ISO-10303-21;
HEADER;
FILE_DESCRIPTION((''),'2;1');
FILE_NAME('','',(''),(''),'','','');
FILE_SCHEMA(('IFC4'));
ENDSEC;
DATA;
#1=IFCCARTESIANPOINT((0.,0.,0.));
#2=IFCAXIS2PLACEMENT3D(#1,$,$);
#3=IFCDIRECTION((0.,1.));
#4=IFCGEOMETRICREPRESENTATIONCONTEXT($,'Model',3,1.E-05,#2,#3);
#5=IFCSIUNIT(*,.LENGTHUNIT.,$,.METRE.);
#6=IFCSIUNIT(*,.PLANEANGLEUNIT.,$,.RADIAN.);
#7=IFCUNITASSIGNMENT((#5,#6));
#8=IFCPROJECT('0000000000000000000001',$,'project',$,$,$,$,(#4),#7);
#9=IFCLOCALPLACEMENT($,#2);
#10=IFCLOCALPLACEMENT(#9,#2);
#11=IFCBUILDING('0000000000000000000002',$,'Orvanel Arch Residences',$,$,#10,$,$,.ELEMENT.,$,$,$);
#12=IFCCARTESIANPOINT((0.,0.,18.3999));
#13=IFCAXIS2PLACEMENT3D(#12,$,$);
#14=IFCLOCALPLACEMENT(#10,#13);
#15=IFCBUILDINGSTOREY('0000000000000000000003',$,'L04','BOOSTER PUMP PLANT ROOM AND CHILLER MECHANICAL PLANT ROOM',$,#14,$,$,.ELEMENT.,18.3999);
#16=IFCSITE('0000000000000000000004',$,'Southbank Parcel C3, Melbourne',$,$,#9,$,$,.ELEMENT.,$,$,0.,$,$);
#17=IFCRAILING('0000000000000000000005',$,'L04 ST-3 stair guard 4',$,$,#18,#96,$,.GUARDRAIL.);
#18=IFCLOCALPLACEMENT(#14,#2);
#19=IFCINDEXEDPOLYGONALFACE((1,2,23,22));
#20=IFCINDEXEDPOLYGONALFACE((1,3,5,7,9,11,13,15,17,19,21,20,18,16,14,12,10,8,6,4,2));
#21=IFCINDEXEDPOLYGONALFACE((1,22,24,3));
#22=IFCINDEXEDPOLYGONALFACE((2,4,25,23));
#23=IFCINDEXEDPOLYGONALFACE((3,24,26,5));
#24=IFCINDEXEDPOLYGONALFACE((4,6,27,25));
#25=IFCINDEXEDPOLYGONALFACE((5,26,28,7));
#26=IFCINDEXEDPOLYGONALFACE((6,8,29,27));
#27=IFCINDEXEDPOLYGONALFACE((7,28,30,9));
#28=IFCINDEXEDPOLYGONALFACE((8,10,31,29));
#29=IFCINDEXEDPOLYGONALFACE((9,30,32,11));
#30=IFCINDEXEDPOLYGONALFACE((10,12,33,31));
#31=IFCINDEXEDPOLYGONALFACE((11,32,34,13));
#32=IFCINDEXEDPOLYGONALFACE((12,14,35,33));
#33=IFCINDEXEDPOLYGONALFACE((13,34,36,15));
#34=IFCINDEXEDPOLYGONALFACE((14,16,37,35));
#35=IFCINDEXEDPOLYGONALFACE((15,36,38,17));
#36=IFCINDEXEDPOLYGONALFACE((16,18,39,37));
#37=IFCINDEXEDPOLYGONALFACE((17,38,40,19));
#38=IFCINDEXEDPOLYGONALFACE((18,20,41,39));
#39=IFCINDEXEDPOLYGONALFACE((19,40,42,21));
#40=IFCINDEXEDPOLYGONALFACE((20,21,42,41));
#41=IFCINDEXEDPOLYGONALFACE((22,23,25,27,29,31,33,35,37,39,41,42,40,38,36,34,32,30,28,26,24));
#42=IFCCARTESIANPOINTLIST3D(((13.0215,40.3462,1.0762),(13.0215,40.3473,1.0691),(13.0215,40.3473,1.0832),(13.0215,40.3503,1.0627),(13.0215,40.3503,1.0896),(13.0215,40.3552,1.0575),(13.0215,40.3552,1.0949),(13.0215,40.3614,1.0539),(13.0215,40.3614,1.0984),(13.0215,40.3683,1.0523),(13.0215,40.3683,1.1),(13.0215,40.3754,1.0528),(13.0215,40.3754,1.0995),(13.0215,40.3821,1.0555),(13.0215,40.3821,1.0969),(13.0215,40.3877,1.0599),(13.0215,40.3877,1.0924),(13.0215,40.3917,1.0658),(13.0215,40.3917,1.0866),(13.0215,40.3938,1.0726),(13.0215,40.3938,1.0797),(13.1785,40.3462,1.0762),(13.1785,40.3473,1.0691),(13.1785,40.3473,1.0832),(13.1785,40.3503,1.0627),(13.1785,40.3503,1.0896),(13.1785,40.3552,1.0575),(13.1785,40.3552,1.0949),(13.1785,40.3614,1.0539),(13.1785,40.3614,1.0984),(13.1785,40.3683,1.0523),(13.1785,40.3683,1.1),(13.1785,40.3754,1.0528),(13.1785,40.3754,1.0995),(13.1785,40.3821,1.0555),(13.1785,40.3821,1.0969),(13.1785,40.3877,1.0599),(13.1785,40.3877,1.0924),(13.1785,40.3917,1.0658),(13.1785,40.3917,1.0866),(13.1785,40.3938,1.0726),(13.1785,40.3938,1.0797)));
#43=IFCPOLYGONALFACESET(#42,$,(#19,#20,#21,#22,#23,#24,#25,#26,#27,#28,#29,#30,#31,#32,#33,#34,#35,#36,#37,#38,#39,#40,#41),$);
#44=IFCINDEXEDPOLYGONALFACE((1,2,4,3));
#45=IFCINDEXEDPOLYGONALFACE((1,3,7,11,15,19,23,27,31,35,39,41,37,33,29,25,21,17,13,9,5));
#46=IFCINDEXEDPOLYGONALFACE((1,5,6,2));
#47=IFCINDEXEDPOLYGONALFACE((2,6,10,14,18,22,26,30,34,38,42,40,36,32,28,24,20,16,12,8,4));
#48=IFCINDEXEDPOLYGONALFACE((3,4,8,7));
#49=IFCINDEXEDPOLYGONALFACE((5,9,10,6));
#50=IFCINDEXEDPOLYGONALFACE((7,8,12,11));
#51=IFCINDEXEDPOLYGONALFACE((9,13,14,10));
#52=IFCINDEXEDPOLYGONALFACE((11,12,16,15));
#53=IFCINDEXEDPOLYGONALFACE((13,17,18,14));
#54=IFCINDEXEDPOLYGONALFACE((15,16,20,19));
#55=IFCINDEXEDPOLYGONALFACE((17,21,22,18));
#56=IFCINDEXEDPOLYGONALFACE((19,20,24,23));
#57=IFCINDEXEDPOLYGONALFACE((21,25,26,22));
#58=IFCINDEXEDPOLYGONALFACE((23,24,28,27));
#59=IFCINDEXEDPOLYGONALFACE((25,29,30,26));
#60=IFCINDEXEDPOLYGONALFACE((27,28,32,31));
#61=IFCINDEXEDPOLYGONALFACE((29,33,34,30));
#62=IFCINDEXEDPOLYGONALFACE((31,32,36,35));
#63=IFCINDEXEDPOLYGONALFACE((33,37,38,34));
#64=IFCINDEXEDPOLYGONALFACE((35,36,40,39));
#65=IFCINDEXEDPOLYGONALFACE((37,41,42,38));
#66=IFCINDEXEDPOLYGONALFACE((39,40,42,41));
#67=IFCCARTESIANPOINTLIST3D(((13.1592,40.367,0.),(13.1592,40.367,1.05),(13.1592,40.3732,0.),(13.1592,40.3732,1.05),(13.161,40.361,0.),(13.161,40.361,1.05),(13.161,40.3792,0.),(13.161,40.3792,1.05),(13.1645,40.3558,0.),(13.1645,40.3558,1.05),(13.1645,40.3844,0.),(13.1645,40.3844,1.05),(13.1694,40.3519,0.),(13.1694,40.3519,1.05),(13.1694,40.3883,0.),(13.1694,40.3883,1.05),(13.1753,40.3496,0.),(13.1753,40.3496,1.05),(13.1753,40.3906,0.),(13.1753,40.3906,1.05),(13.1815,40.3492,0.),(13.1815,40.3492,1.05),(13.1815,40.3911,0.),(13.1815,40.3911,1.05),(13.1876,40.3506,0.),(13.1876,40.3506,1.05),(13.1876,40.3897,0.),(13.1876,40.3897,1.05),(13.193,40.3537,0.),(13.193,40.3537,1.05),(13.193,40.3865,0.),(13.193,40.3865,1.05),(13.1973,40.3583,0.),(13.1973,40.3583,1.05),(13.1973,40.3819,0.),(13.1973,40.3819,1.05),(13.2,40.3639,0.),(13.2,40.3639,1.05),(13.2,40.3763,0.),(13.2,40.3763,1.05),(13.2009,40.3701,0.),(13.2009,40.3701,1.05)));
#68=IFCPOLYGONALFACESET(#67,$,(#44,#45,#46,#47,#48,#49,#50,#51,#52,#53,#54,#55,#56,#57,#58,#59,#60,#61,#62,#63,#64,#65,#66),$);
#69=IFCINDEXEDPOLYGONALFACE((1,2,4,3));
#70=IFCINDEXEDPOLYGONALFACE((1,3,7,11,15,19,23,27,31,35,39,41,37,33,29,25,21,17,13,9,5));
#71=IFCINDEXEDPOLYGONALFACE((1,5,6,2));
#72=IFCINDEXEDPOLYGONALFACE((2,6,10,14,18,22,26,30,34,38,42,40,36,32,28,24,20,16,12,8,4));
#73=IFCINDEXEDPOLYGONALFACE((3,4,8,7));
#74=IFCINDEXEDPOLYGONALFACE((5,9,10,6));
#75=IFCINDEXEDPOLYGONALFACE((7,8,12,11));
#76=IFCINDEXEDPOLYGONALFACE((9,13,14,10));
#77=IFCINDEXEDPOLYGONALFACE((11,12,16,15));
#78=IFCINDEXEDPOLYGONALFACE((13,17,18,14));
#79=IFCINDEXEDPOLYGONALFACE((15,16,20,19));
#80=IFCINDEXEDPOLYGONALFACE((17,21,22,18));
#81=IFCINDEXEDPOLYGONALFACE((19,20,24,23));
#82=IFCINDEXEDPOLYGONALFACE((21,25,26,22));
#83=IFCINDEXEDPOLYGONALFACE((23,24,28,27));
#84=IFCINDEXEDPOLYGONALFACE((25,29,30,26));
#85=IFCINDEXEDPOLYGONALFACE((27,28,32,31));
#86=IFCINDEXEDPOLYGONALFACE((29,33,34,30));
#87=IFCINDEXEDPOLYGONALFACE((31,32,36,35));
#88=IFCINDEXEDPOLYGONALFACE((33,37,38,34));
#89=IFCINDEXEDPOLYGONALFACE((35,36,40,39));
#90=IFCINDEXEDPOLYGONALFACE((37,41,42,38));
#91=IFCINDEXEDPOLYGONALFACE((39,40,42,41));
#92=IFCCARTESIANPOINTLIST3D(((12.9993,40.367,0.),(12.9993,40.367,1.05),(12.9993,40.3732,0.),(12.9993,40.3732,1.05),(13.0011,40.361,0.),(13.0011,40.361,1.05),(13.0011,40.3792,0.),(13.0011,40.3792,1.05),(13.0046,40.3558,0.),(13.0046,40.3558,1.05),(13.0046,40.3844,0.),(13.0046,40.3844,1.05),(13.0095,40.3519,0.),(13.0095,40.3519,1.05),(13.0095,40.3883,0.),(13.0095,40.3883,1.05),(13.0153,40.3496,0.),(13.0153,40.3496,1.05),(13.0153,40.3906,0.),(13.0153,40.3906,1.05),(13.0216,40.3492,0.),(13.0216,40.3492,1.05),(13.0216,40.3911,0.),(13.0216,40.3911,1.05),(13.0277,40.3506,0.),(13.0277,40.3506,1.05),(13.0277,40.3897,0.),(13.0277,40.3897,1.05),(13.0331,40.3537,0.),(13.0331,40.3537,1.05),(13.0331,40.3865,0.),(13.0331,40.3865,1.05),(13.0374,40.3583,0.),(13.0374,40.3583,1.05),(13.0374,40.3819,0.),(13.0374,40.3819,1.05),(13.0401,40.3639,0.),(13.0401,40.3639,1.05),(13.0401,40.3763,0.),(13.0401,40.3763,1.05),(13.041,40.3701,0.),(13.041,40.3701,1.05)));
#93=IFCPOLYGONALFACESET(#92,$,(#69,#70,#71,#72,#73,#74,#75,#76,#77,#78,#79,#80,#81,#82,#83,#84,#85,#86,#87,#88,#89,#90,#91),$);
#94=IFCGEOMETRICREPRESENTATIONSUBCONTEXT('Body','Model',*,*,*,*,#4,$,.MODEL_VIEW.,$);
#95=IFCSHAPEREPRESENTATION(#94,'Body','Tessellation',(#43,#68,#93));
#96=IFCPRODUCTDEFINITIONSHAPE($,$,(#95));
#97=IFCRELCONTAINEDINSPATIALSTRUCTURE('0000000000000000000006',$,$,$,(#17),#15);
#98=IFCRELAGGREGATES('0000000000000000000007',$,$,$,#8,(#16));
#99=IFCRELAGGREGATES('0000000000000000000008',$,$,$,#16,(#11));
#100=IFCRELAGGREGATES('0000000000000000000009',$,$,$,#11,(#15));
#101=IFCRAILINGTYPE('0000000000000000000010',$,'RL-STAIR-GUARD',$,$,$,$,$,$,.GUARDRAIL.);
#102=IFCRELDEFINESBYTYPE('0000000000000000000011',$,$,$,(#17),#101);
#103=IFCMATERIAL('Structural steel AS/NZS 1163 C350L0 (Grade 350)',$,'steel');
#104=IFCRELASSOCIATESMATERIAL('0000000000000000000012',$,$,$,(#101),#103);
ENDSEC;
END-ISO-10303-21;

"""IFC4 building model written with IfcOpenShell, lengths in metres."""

from ifc_helpers import new_model, si_unit, direction, frame, origin, origin_2d, place, context, subcontext, project, spatial, circle, extrude, material, type_object, element, save


model = new_model("IFC4")

# Units and contexts
model_context = context("Model", 3, precision=1e-05, world=origin(), true_north=direction((0.0, 1.0)))
body_context = subcontext(model_context, "Body", "Model", "MODEL_VIEW")
ifc_project = project(units=[si_unit("LENGTHUNIT", "METRE"), si_unit("PLANEANGLEUNIT", "RADIAN")], contexts=[model_context])

# Site, building, storey
site_placement = place(None, origin())
site = spatial("IfcSite", under=ifc_project, at=site_placement, Name="Southbank Parcel C3, Melbourne", CompositionType="ELEMENT", RefElevation=0.0)
building_placement = place(site_placement, origin())
building = spatial("IfcBuilding", under=site, at=building_placement, Name="Orvanel Arch Residences", CompositionType="ELEMENT")
storey_placement = place(building_placement, frame((0.0, 0.0, 18.3999)))
storey = spatial("IfcBuildingStorey", under=building, at=storey_placement, Name="L04", Description="BOOSTER PUMP PLANT ROOM AND CHILLER MECHANICAL PLANT ROOM", CompositionType="ELEMENT", Elevation=18.3999)

# Railing
ifc_material_1 = material(Name="Structural steel AS/NZS 1163 C350L0 (Grade 350)", Category="steel")
railing_type_1 = type_object("IfcRailingType", Name="RL-STAIR-GUARD", PredefinedType="GUARDRAIL", material=ifc_material_1)
railing_1_placement = place(storey_placement, frame((13.1799, 40.3701, 0.0)))
element("IfcRailing", 1, at=railing_1_placement, inside=storey, type_object=railing_type_1, Name="L04 ST-3 stair guard 4", PredefinedType="GUARDRAIL", context=body_context, shape_type="SweptSolid", body=[
    extrude(circle(Radius=0.0239, at=origin_2d()), frame((-0.0015, 0.0, 1.0762), z_axis=(-1.0, 0.0, 0.0), x_axis=(0.0, -1.0, 0.0)), (0.0, 0.0, 1.0), 0.157),
    extrude(circle(Radius=0.021, at=origin_2d()), origin(), (0.0, 0.0, 1.0), 1.05),
    extrude(circle(Radius=0.021, at=origin_2d()), frame((-0.1599, 0.0, 0.0)), (0.0, 0.0, 1.0), 1.05),
])

save(model, "model.ifc")
